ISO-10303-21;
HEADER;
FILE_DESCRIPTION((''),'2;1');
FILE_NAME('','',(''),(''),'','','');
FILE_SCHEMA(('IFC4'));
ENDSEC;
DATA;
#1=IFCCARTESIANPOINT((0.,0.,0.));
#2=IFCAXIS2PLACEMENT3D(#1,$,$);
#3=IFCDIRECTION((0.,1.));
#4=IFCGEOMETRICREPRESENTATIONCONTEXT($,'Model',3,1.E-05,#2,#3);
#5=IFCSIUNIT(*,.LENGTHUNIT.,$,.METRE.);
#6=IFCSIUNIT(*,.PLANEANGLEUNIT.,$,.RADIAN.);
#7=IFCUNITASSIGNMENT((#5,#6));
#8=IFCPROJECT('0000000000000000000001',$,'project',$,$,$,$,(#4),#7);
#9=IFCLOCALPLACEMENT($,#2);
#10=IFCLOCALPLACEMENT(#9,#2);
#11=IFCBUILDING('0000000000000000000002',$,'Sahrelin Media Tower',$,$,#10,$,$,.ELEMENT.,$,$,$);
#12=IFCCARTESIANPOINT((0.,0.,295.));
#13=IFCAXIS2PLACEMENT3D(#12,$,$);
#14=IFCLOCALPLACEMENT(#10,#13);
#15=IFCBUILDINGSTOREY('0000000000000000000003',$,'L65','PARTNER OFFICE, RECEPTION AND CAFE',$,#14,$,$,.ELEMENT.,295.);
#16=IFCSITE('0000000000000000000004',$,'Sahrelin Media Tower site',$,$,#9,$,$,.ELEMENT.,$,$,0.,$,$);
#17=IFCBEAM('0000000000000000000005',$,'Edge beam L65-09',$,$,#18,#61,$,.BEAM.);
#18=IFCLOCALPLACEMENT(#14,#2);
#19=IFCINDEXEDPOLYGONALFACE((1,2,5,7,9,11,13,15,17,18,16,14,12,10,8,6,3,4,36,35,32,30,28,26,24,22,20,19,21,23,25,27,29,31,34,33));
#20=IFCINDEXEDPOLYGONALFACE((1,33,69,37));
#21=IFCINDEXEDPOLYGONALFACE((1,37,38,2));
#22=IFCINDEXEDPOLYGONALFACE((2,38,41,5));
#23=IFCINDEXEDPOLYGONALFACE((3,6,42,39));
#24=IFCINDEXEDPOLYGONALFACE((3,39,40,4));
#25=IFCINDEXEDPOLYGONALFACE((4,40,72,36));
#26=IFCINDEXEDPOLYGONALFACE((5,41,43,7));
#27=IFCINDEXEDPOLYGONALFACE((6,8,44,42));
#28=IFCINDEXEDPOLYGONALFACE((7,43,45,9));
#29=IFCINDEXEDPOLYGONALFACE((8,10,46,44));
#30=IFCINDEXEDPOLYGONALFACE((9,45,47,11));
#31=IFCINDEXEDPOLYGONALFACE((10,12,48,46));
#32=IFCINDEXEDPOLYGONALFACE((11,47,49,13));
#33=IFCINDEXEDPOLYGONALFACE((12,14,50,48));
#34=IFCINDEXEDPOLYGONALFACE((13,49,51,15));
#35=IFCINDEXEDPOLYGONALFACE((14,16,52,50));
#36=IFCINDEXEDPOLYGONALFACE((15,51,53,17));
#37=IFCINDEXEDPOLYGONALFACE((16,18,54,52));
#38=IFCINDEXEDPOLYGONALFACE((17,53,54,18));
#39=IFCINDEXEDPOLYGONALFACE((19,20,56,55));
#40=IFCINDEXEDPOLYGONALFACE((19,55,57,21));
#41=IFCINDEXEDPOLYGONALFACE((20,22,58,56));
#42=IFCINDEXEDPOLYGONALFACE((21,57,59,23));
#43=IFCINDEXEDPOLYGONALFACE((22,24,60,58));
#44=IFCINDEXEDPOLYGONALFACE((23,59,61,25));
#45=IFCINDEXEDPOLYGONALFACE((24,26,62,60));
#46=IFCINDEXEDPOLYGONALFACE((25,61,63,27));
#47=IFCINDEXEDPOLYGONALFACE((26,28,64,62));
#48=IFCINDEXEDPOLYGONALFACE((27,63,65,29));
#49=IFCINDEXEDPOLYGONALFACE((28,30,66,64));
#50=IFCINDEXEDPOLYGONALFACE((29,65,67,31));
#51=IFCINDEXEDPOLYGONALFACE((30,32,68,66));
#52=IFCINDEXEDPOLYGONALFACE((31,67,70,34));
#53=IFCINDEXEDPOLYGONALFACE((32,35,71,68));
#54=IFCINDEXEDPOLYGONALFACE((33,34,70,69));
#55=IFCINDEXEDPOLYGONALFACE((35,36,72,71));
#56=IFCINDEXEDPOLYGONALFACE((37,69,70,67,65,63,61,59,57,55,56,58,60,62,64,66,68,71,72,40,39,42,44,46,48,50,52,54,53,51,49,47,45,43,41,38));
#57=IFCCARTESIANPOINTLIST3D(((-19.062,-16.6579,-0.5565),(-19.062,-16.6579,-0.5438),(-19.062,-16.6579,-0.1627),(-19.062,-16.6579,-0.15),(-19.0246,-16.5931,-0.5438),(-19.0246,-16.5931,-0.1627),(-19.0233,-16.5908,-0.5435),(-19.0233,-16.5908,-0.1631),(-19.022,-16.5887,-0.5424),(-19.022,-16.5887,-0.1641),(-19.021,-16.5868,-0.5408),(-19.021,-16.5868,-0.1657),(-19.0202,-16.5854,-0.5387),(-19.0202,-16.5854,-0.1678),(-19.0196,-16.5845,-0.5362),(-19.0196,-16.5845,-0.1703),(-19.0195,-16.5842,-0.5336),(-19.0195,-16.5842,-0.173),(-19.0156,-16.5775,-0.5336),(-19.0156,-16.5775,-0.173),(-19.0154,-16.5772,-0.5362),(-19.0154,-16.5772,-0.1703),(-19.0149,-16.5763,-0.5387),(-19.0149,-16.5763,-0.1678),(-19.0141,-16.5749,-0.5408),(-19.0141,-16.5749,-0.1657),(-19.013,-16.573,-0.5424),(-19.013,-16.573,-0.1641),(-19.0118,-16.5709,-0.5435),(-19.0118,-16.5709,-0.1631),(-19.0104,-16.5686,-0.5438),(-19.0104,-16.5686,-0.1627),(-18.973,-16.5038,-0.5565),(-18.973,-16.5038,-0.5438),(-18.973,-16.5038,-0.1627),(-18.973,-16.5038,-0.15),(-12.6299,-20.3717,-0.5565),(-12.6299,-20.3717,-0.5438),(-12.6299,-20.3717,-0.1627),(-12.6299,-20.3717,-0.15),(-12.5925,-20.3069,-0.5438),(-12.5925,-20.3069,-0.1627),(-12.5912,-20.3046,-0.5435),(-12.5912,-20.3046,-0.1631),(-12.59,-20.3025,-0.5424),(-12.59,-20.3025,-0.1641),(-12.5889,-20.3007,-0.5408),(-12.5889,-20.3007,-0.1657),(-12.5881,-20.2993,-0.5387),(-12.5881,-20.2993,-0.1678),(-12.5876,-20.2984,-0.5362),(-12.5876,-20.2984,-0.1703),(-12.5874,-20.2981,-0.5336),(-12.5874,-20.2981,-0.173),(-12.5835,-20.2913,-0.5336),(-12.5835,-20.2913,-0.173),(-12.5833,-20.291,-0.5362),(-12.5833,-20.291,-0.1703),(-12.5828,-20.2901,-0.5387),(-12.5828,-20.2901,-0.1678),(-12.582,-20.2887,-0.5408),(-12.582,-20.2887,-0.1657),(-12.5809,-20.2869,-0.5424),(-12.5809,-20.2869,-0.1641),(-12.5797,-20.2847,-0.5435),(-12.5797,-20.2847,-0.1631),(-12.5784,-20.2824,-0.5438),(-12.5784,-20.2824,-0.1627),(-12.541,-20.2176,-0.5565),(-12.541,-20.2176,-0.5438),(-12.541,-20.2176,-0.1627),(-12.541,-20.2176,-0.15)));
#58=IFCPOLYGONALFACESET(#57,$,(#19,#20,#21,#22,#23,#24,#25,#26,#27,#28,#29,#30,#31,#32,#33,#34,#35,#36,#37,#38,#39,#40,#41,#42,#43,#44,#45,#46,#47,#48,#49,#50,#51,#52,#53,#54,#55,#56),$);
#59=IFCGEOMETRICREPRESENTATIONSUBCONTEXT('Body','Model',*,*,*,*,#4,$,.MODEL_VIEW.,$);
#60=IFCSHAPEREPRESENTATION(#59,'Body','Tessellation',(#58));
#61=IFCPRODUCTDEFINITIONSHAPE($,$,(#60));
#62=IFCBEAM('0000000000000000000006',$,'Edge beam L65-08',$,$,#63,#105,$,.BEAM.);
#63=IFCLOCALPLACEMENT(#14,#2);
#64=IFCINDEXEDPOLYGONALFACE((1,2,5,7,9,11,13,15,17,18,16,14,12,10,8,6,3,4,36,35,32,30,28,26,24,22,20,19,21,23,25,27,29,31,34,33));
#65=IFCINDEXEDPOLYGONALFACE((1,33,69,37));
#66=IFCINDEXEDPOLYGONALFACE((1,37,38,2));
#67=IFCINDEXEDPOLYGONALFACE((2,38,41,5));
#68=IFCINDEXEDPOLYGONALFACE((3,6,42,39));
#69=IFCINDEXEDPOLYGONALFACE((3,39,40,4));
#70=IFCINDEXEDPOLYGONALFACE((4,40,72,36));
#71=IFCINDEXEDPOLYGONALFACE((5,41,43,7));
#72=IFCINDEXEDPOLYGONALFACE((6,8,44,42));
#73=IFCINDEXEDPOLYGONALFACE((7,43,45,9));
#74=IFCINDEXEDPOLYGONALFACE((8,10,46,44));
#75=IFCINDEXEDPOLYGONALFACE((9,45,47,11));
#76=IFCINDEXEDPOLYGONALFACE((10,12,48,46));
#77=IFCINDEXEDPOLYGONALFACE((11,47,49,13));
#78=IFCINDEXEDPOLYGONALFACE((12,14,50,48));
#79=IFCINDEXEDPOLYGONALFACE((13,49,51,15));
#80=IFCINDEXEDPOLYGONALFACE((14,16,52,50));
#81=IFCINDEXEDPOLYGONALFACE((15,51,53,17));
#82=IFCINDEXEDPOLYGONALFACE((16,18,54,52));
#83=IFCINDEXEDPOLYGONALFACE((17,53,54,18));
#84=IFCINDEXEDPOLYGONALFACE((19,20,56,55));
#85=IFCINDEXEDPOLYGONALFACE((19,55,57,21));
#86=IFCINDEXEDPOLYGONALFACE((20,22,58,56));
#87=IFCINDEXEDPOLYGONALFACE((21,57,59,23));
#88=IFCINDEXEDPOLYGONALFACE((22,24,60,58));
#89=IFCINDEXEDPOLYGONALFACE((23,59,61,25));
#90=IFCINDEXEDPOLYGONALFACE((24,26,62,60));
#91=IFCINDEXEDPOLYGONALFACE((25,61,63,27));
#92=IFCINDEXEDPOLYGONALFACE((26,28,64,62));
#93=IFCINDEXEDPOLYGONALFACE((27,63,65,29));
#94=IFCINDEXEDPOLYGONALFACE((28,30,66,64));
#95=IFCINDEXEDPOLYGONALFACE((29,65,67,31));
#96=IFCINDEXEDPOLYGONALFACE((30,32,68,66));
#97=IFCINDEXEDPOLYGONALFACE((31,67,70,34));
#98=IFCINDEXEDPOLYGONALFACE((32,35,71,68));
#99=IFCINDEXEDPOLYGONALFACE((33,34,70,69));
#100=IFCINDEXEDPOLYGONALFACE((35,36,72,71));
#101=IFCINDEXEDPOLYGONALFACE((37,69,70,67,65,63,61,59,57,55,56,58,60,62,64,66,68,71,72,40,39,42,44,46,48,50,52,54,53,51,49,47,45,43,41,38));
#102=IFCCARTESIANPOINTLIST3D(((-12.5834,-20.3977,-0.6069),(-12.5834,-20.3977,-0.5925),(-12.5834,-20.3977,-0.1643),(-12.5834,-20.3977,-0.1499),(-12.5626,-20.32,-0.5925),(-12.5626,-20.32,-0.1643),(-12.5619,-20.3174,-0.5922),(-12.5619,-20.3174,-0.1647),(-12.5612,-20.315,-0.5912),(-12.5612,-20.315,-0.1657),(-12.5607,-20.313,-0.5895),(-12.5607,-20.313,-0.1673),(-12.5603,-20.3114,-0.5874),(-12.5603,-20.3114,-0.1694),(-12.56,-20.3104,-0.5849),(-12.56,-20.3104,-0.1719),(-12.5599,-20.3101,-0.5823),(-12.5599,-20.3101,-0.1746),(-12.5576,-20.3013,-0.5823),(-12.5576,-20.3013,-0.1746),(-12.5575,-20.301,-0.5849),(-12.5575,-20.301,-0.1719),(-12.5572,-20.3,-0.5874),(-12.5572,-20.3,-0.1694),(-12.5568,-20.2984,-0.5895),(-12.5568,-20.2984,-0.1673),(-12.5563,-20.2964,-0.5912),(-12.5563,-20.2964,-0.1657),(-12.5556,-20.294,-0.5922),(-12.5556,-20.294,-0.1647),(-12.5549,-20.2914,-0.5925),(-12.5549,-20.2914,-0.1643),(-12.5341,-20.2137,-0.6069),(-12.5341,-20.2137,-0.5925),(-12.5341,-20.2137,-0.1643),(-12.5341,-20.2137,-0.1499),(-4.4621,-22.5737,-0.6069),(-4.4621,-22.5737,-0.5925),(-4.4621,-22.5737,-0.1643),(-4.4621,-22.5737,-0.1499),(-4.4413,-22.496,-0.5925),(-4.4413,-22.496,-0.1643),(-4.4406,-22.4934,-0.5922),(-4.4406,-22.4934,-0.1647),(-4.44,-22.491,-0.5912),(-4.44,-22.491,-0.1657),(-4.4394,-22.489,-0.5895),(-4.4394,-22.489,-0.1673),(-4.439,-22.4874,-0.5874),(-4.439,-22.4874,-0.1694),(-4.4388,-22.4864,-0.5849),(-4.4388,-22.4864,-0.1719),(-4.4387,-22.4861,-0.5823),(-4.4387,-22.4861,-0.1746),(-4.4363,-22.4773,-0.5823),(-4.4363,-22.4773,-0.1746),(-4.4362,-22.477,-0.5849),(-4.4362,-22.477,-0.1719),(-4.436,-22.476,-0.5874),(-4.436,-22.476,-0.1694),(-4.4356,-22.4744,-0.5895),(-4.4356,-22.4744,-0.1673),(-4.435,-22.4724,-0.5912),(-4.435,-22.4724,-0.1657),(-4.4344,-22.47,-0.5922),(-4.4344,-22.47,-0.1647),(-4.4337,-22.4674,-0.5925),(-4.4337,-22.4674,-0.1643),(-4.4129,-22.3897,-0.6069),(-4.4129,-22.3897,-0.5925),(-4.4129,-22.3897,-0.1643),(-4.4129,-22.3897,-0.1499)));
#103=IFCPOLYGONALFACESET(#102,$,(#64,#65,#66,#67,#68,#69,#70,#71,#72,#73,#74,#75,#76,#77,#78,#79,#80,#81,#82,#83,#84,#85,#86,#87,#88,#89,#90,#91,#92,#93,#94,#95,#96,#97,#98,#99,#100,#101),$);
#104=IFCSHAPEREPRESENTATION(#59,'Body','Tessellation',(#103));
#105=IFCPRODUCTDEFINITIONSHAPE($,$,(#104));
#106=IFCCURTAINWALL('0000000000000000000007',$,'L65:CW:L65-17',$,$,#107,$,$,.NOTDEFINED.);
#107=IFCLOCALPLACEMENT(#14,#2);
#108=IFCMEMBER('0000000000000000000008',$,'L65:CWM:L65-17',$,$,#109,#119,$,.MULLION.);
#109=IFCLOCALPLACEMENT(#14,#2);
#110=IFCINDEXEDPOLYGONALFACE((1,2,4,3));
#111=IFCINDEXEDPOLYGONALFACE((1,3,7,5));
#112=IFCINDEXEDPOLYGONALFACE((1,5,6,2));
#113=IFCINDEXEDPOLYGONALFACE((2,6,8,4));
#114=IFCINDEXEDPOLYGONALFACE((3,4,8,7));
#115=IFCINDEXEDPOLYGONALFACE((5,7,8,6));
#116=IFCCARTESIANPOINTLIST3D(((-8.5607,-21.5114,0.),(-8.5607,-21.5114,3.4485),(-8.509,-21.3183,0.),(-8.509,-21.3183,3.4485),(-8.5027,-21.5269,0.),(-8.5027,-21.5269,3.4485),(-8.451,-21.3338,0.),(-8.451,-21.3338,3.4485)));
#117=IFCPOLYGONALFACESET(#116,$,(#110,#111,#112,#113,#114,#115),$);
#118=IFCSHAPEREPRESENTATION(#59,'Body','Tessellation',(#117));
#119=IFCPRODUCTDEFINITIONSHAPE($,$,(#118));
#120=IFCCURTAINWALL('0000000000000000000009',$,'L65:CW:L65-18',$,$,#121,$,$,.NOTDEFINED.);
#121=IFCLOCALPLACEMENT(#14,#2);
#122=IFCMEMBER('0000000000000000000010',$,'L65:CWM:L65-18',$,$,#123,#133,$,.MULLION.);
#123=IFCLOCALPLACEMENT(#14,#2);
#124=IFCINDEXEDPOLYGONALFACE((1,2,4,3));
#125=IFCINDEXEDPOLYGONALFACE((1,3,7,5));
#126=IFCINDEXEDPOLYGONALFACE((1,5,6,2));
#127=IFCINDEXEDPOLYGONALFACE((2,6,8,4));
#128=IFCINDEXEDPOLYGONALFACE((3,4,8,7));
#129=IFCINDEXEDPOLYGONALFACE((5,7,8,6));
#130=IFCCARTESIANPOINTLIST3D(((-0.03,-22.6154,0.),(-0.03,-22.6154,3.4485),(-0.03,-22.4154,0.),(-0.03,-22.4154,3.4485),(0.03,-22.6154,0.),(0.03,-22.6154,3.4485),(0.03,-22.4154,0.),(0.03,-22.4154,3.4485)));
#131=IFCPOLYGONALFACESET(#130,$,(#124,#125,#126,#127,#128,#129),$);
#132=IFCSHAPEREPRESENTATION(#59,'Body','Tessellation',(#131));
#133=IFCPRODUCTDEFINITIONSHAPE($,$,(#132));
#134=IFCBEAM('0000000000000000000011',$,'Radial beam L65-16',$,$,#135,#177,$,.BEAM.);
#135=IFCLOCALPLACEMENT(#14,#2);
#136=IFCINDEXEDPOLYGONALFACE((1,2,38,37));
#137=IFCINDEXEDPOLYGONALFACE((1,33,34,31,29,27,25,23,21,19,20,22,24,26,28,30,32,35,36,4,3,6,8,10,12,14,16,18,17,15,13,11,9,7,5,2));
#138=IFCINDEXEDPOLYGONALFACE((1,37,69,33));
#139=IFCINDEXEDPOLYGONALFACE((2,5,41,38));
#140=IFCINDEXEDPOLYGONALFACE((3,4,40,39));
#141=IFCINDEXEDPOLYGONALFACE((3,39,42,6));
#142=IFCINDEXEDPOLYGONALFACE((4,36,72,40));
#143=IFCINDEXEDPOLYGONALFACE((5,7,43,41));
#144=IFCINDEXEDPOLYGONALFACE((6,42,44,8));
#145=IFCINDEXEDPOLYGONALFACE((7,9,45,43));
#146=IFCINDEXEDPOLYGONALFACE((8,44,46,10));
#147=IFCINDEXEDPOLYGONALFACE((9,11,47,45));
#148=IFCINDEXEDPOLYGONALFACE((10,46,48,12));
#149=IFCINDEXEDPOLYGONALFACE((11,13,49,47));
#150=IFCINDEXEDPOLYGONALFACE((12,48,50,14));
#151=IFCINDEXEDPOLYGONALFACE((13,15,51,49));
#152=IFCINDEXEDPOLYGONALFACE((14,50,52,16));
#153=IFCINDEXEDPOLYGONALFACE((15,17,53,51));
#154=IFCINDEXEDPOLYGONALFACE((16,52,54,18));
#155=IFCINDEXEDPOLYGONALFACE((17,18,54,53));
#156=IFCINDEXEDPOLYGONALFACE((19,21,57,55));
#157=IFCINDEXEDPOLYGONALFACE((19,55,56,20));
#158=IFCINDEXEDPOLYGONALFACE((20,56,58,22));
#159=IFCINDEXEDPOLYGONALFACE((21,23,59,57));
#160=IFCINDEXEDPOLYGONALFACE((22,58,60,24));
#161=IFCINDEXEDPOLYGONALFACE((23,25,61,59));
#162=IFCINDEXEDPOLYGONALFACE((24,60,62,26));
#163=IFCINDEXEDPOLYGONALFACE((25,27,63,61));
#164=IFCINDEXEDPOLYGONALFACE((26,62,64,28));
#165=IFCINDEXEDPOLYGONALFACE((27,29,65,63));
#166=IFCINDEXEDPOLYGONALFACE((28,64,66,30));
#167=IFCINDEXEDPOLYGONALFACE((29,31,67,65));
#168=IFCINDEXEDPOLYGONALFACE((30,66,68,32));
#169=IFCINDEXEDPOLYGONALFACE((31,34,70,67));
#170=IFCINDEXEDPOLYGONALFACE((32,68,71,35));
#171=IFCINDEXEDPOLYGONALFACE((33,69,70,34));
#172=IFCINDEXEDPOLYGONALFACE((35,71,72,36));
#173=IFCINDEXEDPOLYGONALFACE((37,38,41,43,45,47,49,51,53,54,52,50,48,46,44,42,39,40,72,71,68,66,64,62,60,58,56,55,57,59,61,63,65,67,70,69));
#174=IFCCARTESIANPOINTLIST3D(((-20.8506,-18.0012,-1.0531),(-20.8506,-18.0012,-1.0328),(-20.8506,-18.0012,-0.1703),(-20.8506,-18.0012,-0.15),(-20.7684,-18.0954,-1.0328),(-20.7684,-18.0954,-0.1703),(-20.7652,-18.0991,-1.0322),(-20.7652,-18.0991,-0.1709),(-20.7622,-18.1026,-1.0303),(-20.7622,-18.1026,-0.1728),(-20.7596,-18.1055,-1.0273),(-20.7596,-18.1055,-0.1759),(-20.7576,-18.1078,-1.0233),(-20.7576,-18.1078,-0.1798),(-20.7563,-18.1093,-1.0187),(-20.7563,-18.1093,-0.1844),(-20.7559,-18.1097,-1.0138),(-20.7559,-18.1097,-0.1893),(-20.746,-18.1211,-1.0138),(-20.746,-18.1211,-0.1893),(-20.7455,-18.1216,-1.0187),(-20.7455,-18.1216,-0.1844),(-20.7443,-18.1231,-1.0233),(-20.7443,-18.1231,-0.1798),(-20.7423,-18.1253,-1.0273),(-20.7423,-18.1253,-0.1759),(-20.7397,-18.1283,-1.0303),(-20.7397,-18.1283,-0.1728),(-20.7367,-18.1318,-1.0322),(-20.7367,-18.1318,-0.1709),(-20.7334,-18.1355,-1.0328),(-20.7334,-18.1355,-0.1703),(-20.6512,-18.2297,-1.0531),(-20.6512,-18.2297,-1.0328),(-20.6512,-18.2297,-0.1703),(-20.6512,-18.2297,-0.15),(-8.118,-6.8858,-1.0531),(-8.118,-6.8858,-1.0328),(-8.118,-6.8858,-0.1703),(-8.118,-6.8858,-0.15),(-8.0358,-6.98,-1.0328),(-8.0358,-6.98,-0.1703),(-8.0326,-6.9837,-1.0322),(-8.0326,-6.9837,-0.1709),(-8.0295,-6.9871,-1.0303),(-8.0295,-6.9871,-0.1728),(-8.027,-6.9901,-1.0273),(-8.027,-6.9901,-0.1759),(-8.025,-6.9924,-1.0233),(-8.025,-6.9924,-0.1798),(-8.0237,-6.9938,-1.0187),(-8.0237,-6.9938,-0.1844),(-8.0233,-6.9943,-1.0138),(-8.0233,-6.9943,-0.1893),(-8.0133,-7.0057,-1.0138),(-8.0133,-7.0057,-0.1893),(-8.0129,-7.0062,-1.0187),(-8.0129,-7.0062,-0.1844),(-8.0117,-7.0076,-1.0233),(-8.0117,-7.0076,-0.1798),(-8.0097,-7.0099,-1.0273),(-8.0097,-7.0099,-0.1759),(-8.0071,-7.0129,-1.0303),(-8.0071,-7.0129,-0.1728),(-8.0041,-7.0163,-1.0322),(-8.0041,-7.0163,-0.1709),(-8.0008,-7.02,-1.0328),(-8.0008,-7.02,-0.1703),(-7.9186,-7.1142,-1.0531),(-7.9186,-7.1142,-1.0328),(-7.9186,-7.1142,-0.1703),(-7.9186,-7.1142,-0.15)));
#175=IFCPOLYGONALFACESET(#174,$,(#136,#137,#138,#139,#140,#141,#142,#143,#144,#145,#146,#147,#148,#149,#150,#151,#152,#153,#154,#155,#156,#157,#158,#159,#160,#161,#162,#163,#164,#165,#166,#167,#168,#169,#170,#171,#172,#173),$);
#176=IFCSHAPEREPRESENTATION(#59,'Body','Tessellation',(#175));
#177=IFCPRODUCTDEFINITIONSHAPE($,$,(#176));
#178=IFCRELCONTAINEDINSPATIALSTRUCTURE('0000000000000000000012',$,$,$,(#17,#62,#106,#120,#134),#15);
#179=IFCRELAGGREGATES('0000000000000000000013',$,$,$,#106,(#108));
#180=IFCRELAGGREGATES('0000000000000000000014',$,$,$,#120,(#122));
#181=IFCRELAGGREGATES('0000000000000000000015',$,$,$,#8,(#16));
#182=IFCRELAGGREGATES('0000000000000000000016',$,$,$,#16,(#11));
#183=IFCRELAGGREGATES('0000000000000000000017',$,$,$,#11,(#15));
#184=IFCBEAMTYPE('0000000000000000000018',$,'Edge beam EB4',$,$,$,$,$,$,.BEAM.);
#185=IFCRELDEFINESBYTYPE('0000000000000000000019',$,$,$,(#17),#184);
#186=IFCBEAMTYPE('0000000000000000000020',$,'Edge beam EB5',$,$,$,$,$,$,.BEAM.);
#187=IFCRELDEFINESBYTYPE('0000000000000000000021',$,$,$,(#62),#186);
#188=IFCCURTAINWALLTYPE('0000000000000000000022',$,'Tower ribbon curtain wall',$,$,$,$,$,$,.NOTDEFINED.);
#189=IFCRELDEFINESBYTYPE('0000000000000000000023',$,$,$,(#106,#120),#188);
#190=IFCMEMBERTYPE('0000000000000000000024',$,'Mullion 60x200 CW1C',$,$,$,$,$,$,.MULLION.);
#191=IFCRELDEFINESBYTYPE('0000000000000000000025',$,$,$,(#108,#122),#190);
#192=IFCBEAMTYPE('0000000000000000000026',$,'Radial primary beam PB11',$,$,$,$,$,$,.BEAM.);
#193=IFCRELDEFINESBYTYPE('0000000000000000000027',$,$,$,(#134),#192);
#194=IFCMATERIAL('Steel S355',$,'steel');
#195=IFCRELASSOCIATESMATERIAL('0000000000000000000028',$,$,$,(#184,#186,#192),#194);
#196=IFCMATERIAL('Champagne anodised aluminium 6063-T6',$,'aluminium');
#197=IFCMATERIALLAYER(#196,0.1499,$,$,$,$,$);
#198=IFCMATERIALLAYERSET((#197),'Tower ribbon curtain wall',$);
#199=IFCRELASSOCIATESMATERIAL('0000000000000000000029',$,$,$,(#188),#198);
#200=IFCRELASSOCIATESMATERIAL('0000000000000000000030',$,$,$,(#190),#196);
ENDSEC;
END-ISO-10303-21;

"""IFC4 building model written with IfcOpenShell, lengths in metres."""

from ifc_helpers import new_model, si_unit, direction, frame, origin, origin_2d, place, context, subcontext, project, spatial, rectangle, i_section, extrude, material, layer, layer_set, material_profile, profile_set, type_object, element, aggregate, save


model = new_model("IFC4")

# Units and contexts
model_context = context("Model", 3, precision=1e-05, world=origin(), true_north=direction((0.0, 1.0)))
body_context = subcontext(model_context, "Body", "Model", "MODEL_VIEW")
ifc_project = project(units=[si_unit("LENGTHUNIT", "METRE"), si_unit("PLANEANGLEUNIT", "RADIAN")], contexts=[model_context])

# Site, building, storey
site_placement = place(None, origin())
site = spatial("IfcSite", under=ifc_project, at=site_placement, Name="Sahrelin Media Tower site", CompositionType="ELEMENT", RefElevation=0.0)
building_placement = place(site_placement, origin())
building = spatial("IfcBuilding", under=site, at=building_placement, Name="Sahrelin Media Tower", CompositionType="ELEMENT")
storey_placement = place(building_placement, frame((0.0, 0.0, 295.0)))
storey = spatial("IfcBuildingStorey", under=building, at=storey_placement, Name="L65", Description="PARTNER OFFICE, RECEPTION AND CAFE", CompositionType="ELEMENT", Elevation=295.0)

# Beams
ifc_material_1 = material(Name="Steel S355", Category="steel")
ifc_material_profile_1 = material_profile(ifc_material_1, i_section(OverallWidth=0.178, OverallDepth=0.4065, WebThickness=0.0078, FlangeThickness=0.0127, FilletRadius=0.0103, at=origin_2d()), Name="UB 406x178x60")
ifc_profile_set_1 = profile_set([ifc_material_profile_1], Name="Steel S355")
beam_type_1 = type_object("IfcBeamType", Name="Edge beam EB4", PredefinedType="BEAM", material=ifc_profile_set_1)
beam_1_placement = place(storey_placement, frame((-12.5854, -20.2947, -0.3533), z_axis=(-0.866009, 0.500028, 0.0), x_axis=(-0.500028, -0.866009, 0.0)))
element("IfcBeam", 1, at=beam_1_placement, inside=storey, type_object=beam_type_1, Name="Edge beam L65-09", PredefinedType="BEAM", context=body_context, shape_type="SweptSolid", body=[
    extrude(i_section(OverallWidth=0.178, OverallDepth=0.4065, WebThickness=0.0078, FlangeThickness=0.0127, FilletRadius=0.0103, at=origin_2d()), origin(), (0.0, 0.0, 1.0), 7.4272),
])
ifc_material_profile_2 = material_profile(ifc_material_1, i_section(OverallWidth=0.1904, OverallDepth=0.457, WebThickness=0.009, FlangeThickness=0.0144, FilletRadius=0.0103, at=origin_2d()), Name="UB 457x191x74")
ifc_profile_set_2 = profile_set([ifc_material_profile_2], Name="Steel S355")
beam_type_2 = type_object("IfcBeamType", Name="Edge beam EB5", PredefinedType="BEAM", material=ifc_profile_set_2)
beam_2_placement = place(storey_placement, frame((-4.4375, -22.4817, -0.3784), z_axis=(-0.965928, 0.25881, 0.0), x_axis=(-0.25881, -0.965928, 0.0)))
element("IfcBeam", 2, at=beam_2_placement, inside=storey, type_object=beam_type_2, Name="Edge beam L65-08", PredefinedType="BEAM", context=body_context, shape_type="SweptSolid", body=[
    extrude(i_section(OverallWidth=0.1904, OverallDepth=0.457, WebThickness=0.009, FlangeThickness=0.0144, FilletRadius=0.0103, at=origin_2d()), origin(), (0.0, 0.0, 1.0), 8.4077),
])

# Curtain walls, members
ifc_material_2 = material(Name="Champagne anodised aluminium 6063-T6", Category="aluminium")
ifc_layer_1 = layer(ifc_material_2, 0.1499)
ifc_layer_set_1 = layer_set([ifc_layer_1], Name="Tower ribbon curtain wall")
curtain_wall_type = type_object("IfcCurtainWallType", Name="Tower ribbon curtain wall", PredefinedType="NOTDEFINED", material=ifc_layer_set_1)
curtain_wall_1_placement = place(storey_placement, frame((-8.5369, -21.5386, 0.0), z_axis=(0.0, 0.0, 1.0), x_axis=(1.0, 0.0, 0.0)))
curtain_wall_1 = element("IfcCurtainWall", 3, at=curtain_wall_1_placement, inside=storey, type_object=curtain_wall_type, Name="L65:CW:L65-17", PredefinedType="NOTDEFINED")
ifc_material_profile_3 = material_profile(ifc_material_2, rectangle(XDim=0.0601, YDim=0.2, at=origin_2d()), Name="Mullion 60x200")
ifc_profile_set_3 = profile_set([ifc_material_profile_3], Name="Champagne anodised aluminium 6063-T6")
member_type_1 = type_object("IfcMemberType", Name="Mullion 60x200 CW1C", PredefinedType="MULLION", material=ifc_profile_set_3)
member_1_placement = place(storey_placement, frame((-8.5059, -21.4226, 0.0), z_axis=(0.0, 0.0, 1.0), x_axis=(0.965928, -0.258812, 0.0)))
member_1 = element("IfcMember", 4, at=member_1_placement, type_object=member_type_1, Name="L65:CWM:L65-17", PredefinedType="MULLION", context=body_context, shape_type="SweptSolid", body=[
    extrude(rectangle(XDim=0.0601, YDim=0.2, at=origin_2d()), origin(), (0.0, 0.0, 1.0), 3.4485),
])
curtain_wall_2_placement = place(storey_placement, frame((0.0, -22.6355, 0.0), z_axis=(0.0, 0.0, 1.0), x_axis=(1.0, 0.0, 0.0)))
curtain_wall_2 = element("IfcCurtainWall", 5, at=curtain_wall_2_placement, inside=storey, type_object=curtain_wall_type, Name="L65:CW:L65-18", PredefinedType="NOTDEFINED")
member_2_placement = place(storey_placement, frame((0.0, -22.5154, 0.0), z_axis=(0.0, 0.0, 1.0), x_axis=(1.0, 0.0, 0.0)))
member_2 = element("IfcMember", 6, at=member_2_placement, type_object=member_type_1, Name="L65:CWM:L65-18", PredefinedType="MULLION", context=body_context, shape_type="SweptSolid", body=[
    extrude(rectangle(XDim=0.0601, YDim=0.2, at=origin_2d()), origin(), (0.0, 0.0, 1.0), 3.4485),
])

# Beam
ifc_material_profile_4 = material_profile(ifc_material_1, i_section(OverallWidth=0.3032, OverallDepth=0.9031, WebThickness=0.0151, FlangeThickness=0.0203, FilletRadius=0.019, at=origin_2d()), Name="UB 914x305x201")
ifc_profile_set_4 = profile_set([ifc_material_profile_4], Name="Steel S355")
beam_type_3 = type_object("IfcBeamType", Name="Radial primary beam PB11", PredefinedType="BEAM", material=ifc_profile_set_4)
beam_3_placement = place(storey_placement, frame((-8.0183, -7.0, -0.6016), z_axis=(-0.753327, -0.657646, 0.0), x_axis=(0.657646, -0.753327, 0.0)))
element("IfcBeam", 7, at=beam_3_placement, inside=storey, type_object=beam_type_3, Name="Radial beam L65-16", PredefinedType="BEAM", context=body_context, shape_type="SweptSolid", body=[
    extrude(i_section(OverallWidth=0.3032, OverallDepth=0.9031, WebThickness=0.0151, FlangeThickness=0.0203, FilletRadius=0.019, at=origin_2d()), origin(), (0.0, 0.0, 1.0), 16.9019),
])

aggregate(curtain_wall_1, [member_1])
aggregate(curtain_wall_2, [member_2])

save(model, "model.ifc")
